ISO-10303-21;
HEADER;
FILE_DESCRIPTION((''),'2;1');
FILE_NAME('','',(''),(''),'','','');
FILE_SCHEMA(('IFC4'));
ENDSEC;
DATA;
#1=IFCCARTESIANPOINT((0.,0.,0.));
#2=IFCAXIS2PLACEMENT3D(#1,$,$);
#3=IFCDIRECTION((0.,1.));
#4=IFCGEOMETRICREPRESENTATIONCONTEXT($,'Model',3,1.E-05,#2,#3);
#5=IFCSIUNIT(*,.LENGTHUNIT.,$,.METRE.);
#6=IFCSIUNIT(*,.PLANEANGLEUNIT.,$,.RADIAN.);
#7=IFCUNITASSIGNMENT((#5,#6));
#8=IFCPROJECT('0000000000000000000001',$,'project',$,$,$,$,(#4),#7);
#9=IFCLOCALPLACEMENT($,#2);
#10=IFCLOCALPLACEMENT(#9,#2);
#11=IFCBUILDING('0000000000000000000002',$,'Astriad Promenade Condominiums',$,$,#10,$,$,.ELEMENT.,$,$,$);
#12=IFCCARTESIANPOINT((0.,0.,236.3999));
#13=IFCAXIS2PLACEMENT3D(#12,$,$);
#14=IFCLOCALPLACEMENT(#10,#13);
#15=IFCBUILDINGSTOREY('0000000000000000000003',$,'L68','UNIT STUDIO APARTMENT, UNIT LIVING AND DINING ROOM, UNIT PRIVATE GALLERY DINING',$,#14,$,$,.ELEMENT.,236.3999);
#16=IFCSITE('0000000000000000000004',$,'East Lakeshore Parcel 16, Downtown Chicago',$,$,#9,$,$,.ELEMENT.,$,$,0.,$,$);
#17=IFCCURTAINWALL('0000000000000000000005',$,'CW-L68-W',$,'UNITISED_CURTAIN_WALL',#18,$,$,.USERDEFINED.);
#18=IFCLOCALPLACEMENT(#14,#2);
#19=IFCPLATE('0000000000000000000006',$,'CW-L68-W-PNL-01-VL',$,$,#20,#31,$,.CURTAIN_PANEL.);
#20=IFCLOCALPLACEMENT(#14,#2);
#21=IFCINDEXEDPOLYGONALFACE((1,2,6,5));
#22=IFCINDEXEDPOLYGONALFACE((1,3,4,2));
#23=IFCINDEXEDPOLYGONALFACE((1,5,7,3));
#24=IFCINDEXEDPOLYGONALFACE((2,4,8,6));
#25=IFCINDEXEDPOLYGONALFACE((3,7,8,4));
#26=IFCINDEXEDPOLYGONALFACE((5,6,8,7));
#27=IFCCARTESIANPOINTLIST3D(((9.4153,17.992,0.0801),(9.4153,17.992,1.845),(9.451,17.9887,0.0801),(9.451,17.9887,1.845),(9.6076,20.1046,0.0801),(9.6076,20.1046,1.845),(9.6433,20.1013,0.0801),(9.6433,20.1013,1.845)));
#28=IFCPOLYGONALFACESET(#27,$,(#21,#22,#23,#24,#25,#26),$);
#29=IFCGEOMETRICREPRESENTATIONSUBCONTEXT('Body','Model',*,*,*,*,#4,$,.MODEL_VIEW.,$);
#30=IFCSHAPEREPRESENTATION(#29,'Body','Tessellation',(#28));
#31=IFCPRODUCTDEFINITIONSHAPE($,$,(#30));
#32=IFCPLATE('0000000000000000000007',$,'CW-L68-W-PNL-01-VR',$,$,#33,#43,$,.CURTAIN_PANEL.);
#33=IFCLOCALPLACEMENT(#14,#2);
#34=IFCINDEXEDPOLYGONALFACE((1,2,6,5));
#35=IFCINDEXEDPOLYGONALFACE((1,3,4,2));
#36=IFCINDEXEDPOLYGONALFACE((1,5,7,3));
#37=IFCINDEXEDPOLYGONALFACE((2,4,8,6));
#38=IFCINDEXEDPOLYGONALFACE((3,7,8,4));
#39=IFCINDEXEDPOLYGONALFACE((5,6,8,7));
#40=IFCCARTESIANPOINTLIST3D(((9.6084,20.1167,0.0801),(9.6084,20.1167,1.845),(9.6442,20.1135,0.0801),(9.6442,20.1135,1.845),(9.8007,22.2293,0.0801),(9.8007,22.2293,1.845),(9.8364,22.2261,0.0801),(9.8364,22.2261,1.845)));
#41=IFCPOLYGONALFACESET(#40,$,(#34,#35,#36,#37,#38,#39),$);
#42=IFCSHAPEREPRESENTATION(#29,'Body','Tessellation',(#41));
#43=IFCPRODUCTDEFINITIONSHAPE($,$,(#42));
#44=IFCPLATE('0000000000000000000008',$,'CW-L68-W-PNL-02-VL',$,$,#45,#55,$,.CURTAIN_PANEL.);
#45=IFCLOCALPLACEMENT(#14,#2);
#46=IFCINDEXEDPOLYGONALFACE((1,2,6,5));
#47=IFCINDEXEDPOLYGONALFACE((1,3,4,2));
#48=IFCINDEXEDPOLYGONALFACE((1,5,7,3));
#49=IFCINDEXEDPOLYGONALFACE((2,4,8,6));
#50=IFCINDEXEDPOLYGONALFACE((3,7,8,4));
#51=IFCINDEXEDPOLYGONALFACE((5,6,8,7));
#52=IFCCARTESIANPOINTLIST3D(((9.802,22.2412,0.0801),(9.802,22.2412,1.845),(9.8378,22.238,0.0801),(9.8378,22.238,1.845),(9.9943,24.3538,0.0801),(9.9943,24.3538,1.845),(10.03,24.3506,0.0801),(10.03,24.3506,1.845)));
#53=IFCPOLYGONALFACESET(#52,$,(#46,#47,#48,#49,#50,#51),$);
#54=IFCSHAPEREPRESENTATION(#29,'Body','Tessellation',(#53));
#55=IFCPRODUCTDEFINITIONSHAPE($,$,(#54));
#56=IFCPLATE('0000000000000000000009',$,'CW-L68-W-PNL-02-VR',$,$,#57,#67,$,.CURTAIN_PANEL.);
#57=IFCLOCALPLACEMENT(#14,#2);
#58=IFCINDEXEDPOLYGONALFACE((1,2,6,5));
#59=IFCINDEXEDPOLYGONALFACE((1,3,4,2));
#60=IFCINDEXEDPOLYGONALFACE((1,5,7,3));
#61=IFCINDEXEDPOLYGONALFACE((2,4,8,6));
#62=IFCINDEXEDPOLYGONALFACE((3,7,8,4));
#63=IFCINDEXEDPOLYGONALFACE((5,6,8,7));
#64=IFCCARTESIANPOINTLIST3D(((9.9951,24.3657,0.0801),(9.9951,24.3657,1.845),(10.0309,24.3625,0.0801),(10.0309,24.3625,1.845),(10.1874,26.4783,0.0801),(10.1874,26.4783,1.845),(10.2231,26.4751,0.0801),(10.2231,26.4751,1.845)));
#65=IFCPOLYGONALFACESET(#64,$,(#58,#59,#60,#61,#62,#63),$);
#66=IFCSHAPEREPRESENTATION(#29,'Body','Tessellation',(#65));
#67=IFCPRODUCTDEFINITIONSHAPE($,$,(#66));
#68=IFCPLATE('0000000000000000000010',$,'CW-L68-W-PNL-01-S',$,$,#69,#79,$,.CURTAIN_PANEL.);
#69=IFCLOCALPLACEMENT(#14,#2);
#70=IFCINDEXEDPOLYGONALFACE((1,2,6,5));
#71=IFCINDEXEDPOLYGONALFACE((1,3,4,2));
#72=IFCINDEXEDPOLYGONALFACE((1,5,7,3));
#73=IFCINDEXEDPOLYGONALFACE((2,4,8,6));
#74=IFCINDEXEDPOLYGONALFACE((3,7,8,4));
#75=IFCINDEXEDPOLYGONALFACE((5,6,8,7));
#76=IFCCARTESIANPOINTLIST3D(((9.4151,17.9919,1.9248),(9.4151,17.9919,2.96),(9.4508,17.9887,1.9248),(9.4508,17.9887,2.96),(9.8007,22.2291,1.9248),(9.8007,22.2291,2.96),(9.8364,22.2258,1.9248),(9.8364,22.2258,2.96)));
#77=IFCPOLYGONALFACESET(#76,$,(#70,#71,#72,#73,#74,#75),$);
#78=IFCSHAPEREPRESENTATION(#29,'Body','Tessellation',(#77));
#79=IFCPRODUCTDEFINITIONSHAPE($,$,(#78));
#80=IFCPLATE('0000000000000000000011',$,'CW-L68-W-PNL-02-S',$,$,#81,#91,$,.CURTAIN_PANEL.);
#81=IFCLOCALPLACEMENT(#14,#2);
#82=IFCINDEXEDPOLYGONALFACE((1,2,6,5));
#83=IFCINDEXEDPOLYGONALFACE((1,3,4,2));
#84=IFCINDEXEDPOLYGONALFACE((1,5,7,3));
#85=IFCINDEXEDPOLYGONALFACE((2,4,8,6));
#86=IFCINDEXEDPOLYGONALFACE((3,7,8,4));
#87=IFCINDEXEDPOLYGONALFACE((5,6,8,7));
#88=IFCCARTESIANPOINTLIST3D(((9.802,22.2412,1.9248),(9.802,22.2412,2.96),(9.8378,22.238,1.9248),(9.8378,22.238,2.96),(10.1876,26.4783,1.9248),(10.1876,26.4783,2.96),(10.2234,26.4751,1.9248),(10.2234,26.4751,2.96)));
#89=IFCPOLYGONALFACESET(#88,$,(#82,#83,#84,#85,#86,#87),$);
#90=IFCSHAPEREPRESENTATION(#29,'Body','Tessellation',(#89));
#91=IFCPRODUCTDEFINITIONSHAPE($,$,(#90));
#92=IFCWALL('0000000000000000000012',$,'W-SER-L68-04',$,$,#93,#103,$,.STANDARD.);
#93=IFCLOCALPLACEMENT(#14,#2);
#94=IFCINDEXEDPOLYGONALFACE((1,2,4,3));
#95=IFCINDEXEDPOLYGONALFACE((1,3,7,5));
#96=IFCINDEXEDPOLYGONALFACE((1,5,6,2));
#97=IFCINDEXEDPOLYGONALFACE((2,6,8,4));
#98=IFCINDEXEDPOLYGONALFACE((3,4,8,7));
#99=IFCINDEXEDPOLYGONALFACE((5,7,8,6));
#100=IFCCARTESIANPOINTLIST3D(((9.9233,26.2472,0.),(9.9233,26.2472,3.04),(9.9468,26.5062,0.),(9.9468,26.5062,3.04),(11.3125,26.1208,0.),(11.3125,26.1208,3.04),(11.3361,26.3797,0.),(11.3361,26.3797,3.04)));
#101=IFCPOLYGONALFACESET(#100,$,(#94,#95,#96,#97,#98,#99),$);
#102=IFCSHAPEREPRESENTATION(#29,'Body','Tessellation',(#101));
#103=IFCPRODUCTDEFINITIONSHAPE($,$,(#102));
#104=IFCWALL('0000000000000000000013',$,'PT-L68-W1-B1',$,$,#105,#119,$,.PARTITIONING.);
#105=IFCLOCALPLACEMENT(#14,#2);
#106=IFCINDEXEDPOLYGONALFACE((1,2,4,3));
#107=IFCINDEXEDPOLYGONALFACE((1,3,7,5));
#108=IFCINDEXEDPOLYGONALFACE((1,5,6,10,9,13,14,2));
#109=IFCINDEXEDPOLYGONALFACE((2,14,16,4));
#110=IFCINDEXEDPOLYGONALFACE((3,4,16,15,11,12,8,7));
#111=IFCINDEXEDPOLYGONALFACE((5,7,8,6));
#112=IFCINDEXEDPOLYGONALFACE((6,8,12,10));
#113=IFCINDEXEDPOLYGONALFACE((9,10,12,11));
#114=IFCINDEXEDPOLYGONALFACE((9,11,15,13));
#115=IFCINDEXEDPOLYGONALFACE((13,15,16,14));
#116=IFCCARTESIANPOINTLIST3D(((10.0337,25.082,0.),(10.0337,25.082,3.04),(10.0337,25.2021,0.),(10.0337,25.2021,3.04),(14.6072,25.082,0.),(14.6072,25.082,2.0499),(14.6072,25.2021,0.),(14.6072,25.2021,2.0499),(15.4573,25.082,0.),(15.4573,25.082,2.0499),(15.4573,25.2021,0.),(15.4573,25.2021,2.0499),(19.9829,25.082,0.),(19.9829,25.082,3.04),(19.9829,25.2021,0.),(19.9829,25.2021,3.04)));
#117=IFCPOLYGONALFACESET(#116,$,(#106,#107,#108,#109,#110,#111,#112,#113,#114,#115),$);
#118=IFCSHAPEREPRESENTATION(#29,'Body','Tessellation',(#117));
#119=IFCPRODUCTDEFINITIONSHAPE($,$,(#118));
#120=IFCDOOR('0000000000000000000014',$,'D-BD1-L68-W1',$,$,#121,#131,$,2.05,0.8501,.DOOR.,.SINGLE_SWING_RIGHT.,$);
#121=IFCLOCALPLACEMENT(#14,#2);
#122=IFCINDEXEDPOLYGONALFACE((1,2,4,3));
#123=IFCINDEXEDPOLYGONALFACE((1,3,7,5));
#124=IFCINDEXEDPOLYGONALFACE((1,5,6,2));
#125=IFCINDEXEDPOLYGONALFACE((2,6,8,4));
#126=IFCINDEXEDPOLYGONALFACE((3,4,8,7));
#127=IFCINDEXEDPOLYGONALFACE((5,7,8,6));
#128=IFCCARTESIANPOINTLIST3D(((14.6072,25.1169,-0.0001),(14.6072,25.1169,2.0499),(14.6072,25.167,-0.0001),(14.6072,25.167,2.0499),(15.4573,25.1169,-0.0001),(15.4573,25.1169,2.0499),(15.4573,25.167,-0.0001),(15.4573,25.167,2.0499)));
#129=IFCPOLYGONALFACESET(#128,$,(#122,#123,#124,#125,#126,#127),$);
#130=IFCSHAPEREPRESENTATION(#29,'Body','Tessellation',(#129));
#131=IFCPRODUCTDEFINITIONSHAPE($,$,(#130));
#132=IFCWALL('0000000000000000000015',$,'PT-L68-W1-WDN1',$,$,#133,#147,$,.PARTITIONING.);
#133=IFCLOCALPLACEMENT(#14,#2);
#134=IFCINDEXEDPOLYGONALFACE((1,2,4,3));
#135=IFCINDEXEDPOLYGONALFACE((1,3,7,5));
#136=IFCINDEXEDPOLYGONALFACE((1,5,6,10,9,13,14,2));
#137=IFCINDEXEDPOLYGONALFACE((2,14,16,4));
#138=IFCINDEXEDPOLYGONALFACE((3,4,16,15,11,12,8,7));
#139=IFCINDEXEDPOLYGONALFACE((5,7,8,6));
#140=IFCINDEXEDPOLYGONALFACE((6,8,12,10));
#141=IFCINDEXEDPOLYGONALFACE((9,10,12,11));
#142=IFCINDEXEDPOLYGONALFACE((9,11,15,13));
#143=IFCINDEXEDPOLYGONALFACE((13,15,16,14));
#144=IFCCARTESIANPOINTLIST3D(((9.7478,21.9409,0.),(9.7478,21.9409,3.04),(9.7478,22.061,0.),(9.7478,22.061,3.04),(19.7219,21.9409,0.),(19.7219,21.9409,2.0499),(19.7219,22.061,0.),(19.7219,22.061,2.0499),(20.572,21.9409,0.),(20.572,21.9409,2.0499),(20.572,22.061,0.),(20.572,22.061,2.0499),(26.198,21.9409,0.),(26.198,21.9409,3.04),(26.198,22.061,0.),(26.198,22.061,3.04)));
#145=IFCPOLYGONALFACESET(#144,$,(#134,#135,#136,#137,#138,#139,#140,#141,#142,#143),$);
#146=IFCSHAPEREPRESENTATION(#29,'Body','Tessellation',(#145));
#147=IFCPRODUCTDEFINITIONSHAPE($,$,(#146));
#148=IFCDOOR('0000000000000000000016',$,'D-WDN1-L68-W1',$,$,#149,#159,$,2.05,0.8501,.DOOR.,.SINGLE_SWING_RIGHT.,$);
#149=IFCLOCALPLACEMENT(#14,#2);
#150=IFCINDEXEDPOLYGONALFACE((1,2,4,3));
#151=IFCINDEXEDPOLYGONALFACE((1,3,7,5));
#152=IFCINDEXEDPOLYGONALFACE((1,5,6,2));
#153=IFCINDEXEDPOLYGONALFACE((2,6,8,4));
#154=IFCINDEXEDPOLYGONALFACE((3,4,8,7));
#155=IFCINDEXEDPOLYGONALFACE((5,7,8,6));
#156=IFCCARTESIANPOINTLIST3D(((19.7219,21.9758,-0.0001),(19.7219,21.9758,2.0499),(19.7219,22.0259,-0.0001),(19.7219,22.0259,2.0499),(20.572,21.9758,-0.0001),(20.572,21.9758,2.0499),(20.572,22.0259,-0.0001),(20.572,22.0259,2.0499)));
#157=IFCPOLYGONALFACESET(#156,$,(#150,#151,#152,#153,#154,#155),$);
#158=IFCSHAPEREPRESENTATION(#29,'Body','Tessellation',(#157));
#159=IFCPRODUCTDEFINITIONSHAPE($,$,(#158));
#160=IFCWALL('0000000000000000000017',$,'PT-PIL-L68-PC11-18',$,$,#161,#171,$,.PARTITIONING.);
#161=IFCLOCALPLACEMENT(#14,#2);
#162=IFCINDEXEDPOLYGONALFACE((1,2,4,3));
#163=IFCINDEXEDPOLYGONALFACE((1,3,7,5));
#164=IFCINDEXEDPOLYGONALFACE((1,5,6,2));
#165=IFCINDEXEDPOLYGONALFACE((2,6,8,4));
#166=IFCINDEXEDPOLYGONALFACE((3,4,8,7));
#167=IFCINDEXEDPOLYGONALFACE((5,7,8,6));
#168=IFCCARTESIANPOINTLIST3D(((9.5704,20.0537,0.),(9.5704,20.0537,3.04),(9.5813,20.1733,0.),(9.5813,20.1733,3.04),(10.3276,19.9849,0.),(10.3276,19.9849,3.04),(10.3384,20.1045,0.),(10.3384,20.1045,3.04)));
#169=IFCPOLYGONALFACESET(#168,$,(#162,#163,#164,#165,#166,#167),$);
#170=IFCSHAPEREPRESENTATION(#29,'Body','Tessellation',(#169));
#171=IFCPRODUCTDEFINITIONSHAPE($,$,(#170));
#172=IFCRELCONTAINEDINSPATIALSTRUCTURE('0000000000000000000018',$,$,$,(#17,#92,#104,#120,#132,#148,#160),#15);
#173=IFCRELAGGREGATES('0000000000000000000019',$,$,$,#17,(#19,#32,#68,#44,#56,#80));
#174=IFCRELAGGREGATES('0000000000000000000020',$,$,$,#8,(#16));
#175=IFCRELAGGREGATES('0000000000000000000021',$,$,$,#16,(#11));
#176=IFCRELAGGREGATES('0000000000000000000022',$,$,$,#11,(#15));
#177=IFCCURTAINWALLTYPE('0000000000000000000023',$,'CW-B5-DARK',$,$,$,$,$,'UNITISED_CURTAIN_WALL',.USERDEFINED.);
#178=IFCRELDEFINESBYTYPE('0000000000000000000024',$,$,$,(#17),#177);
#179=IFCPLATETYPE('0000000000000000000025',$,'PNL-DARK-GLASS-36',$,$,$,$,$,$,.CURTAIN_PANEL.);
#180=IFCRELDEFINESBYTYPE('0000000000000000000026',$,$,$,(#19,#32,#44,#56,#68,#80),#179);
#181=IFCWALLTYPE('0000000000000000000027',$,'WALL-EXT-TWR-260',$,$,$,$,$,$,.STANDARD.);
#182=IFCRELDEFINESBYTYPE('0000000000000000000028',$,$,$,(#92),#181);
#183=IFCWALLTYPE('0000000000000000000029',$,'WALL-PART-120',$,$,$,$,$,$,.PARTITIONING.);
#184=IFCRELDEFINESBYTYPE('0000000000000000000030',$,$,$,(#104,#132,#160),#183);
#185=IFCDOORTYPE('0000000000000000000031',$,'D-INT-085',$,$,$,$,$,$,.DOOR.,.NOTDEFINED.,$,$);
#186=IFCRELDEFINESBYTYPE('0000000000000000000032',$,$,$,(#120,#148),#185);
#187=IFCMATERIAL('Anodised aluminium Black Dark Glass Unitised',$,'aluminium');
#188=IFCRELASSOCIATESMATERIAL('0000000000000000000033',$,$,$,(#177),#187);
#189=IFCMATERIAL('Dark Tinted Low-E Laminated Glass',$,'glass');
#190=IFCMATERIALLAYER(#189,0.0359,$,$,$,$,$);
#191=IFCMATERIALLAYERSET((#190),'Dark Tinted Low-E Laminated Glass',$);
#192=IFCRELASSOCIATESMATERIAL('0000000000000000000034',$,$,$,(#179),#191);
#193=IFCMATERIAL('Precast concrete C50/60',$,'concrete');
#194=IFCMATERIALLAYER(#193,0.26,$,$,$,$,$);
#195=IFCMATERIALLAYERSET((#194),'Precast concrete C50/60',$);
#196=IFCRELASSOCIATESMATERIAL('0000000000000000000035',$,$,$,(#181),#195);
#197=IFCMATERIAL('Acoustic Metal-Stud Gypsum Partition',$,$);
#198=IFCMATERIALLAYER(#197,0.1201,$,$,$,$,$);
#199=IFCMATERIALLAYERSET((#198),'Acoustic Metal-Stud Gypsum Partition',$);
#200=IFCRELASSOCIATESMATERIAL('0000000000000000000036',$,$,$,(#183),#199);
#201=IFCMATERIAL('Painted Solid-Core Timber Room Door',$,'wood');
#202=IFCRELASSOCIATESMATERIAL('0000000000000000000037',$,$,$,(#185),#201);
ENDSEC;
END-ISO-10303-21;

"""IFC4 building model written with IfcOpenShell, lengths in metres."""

from ifc_helpers import new_model, si_unit, direction, frame, frame_2d, origin, origin_2d, place, context, subcontext, project, spatial, rectangle, extrude, source, transform, mapped, material, layer, layer_set, type_object, type_shapes, element, fill, aggregate, save


model = new_model("IFC4")

# Units and contexts
model_context = context("Model", 3, precision=1e-05, world=origin(), true_north=direction((0.0, 1.0)))
body_context = subcontext(model_context, "Body", "Model", "MODEL_VIEW")
ifc_project = project(units=[si_unit("LENGTHUNIT", "METRE"), si_unit("PLANEANGLEUNIT", "RADIAN")], contexts=[model_context])

# Site, building, storey
site_placement = place(None, origin())
site = spatial("IfcSite", under=ifc_project, at=site_placement, Name="East Lakeshore Parcel 16, Downtown Chicago", CompositionType="ELEMENT", RefElevation=0.0)
building_placement = place(site_placement, origin())
building = spatial("IfcBuilding", under=site, at=building_placement, Name="Astriad Promenade Condominiums", CompositionType="ELEMENT")
storey_placement = place(building_placement, frame((0.0, 0.0, 236.3999)))
storey = spatial("IfcBuildingStorey", under=building, at=storey_placement, Name="L68", Description="UNIT STUDIO APARTMENT, UNIT LIVING AND DINING ROOM, UNIT PRIVATE GALLERY DINING", CompositionType="ELEMENT", Elevation=236.3999)

# Curtain wall, plates
ifc_material_1 = material(Name="Anodised aluminium Black Dark Glass Unitised", Category="aluminium")
curtain_wall_type = type_object("IfcCurtainWallType", Name="CW-B5-DARK", ElementType="UNITISED_CURTAIN_WALL", PredefinedType="USERDEFINED", material=ifc_material_1)
curtain_wall_placement = place(storey_placement, origin())
curtain_wall = element("IfcCurtainWall", 1, at=curtain_wall_placement, inside=storey, type_object=curtain_wall_type, Name="CW-L68-W", ObjectType="UNITISED_CURTAIN_WALL", PredefinedType="USERDEFINED")
ifc_material_2 = material(Name="Dark Tinted Low-E Laminated Glass", Category="glass")
ifc_layer_1 = layer(ifc_material_2, 0.0359)
ifc_layer_set_1 = layer_set([ifc_layer_1], Name="Dark Tinted Low-E Laminated Glass")
plate_type = type_object("IfcPlateType", Name="PNL-DARK-GLASS-36", PredefinedType="CURTAIN_PANEL", material=ifc_layer_set_1)
shared_shape_1 = source(origin(), body_context, "Body", "SweptSolid", [
    extrude(rectangle(XDim=2.1213, YDim=0.0359, at=origin_2d()), origin(), (0.0, 0.0, 1.0), 1.7649),
])
plate_1_placement = place(storey_placement, frame((9.5293, 19.0466, 0.0801), z_axis=(0.0, 0.0, 1.0), x_axis=(0.090633, 0.995884, 0.0)))
plate_1 = element("IfcPlate", 2, at=plate_1_placement, type_object=plate_type, Name="CW-L68-W-PNL-01-VL", PredefinedType="CURTAIN_PANEL", context=body_context, shape_type="MappedRepresentation", body=[
    mapped(shared_shape_1, transform((0.0, 0.0, 0.0), scale=1.0)),
])
plate_2_placement = place(storey_placement, frame((9.7224, 21.1714, 0.0801), z_axis=(0.0, 0.0, 1.0), x_axis=(0.090633, 0.995884, 0.0)))
plate_2 = element("IfcPlate", 3, at=plate_2_placement, type_object=plate_type, Name="CW-L68-W-PNL-01-VR", PredefinedType="CURTAIN_PANEL", context=body_context, shape_type="MappedRepresentation", body=[
    mapped(shared_shape_1, transform((0.0, 0.0, 0.0), scale=1.0)),
])
plate_3_placement = place(storey_placement, frame((9.916, 23.2959, 0.0801), z_axis=(0.0, 0.0, 1.0), x_axis=(0.090633, 0.995884, 0.0)))
plate_3 = element("IfcPlate", 4, at=plate_3_placement, type_object=plate_type, Name="CW-L68-W-PNL-02-VL", PredefinedType="CURTAIN_PANEL", context=body_context, shape_type="MappedRepresentation", body=[
    mapped(shared_shape_1, transform((0.0, 0.0, 0.0), scale=1.0)),
])
plate_4_placement = place(storey_placement, frame((10.1091, 25.4204, 0.0801), z_axis=(0.0, 0.0, 1.0), x_axis=(0.090633, 0.995884, 0.0)))
plate_4 = element("IfcPlate", 5, at=plate_4_placement, type_object=plate_type, Name="CW-L68-W-PNL-02-VR", PredefinedType="CURTAIN_PANEL", context=body_context, shape_type="MappedRepresentation", body=[
    mapped(shared_shape_1, transform((0.0, 0.0, 0.0), scale=1.0)),
])
shared_shape_2 = source(origin(), body_context, "Body", "SweptSolid", [
    extrude(rectangle(XDim=4.2546, YDim=0.0359, at=origin_2d()), origin(), (0.0, 0.0, 1.0), 1.0352),
])
type_shapes(plate_type, [shared_shape_1, shared_shape_2])
plate_5_placement = place(storey_placement, frame((9.6257, 20.1089, 1.9248), z_axis=(0.0, 0.0, 1.0), x_axis=(0.090633, 0.995884, 0.0)))
plate_5 = element("IfcPlate", 6, at=plate_5_placement, type_object=plate_type, Name="CW-L68-W-PNL-01-S", PredefinedType="CURTAIN_PANEL", context=body_context, shape_type="MappedRepresentation", body=[
    mapped(shared_shape_2, transform((0.0, 0.0, 0.0), scale=1.0)),
])
plate_6_placement = place(storey_placement, frame((10.0127, 24.3582, 1.9248), z_axis=(0.0, 0.0, 1.0), x_axis=(0.090633, 0.995884, 0.0)))
plate_6 = element("IfcPlate", 7, at=plate_6_placement, type_object=plate_type, Name="CW-L68-W-PNL-02-S", PredefinedType="CURTAIN_PANEL", context=body_context, shape_type="MappedRepresentation", body=[
    mapped(shared_shape_2, transform((0.0, 0.0, 0.0), scale=1.0)),
])
aggregate(curtain_wall, [plate_1, plate_2, plate_5, plate_3, plate_4, plate_6])

# Wall
ifc_material_3 = material(Name="Precast concrete C50/60", Category="concrete")
ifc_layer_2 = layer(ifc_material_3, 0.26)
ifc_layer_set_2 = layer_set([ifc_layer_2], Name="Precast concrete C50/60")
wall_type_1 = type_object("IfcWallType", Name="WALL-EXT-TWR-260", PredefinedType="STANDARD", material=ifc_layer_set_2)
wall_1_placement = place(storey_placement, frame((9.9351, 26.3767, 0.0), z_axis=(0.0, 0.0, 1.0), x_axis=(0.995882, -0.090662, 0.0)))
element("IfcWall", 8, at=wall_1_placement, inside=storey, type_object=wall_type_1, Name="W-SER-L68-04", PredefinedType="STANDARD", context=body_context, shape_type="SweptSolid", body=[
    extrude(rectangle(XDim=1.395, YDim=0.26, at=frame_2d((0.6975, 0.0))), origin(), (0.0, 0.0, 1.0), 3.04),
])

# Walls, openings, doors
ifc_material_4 = material(Name="Acoustic Metal-Stud Gypsum Partition")
ifc_layer_3 = layer(ifc_material_4, 0.1201)
ifc_layer_set_3 = layer_set([ifc_layer_3], Name="Acoustic Metal-Stud Gypsum Partition")
wall_type_2 = type_object("IfcWallType", Name="WALL-PART-120", PredefinedType="PARTITIONING", material=ifc_layer_set_3)
wall_2_placement = place(storey_placement, frame((10.0337, 25.1421, 0.0), z_axis=(0.0, 0.0, 1.0), x_axis=(1.0, 0.0, 0.0)))
wall_2 = element("IfcWall", 9, at=wall_2_placement, inside=storey, type_object=wall_type_2, Name="PT-L68-W1-B1", PredefinedType="PARTITIONING", context=body_context, shape_type="SweptSolid", body=[
    extrude(rectangle(XDim=9.9492, YDim=0.1201, at=frame_2d((4.9746, 0.0))), origin(), (0.0, 0.0, 1.0), 3.04),
])
opening_1_placement = place(wall_2_placement, frame((4.5735, 0.0, 0.0)))
opening_1 = element("IfcOpeningElement", 10, at=opening_1_placement, cuts=wall_2, PredefinedType="OPENING", context=body_context, shape_type="SweptSolid", body=[
    extrude(rectangle(XDim=0.8501, YDim=2.05, at=frame_2d((0.425, 1.0249))), frame((0.0, 0.0701, 0.0), z_axis=(0.0, -1.0, 0.0), x_axis=(1.0, 0.0, 0.0)), (0.0, 0.0, 1.0), 0.1401),
])
ifc_material_5 = material(Name="Painted Solid-Core Timber Room Door", Category="wood")
door_type = type_object("IfcDoorType", Name="D-INT-085", OperationType="NOTDEFINED", PredefinedType="DOOR", material=ifc_material_5)
shared_shape_3 = source(origin(), body_context, "Body", "SweptSolid", [
    extrude(rectangle(XDim=0.8501, YDim=2.05, at=frame_2d((0.425, 1.0249))), frame((0.0, 0.0249, 0.0), z_axis=(0.0, -1.0, 0.0), x_axis=(1.0, 0.0, 0.0)), (0.0, 0.0, 1.0), 0.05),
])
type_shapes(door_type, [shared_shape_3])
door_1_placement = place(opening_1_placement, origin())
door_1 = element("IfcDoor", 11, at=door_1_placement, inside=storey, type_object=door_type, Name="D-BD1-L68-W1", OperationType="SINGLE_SWING_RIGHT", OverallHeight=2.05, OverallWidth=0.8501, PredefinedType="DOOR", context=body_context, shape_type="MappedRepresentation", body=[
    mapped(shared_shape_3, transform((0.0, 0.0, 0.0), scale=1.0)),
])
fill(opening_1, door_1)
wall_3_placement = place(storey_placement, frame((9.7478, 22.001, 0.0), z_axis=(0.0, 0.0, 1.0), x_axis=(1.0, 0.0, 0.0)))
wall_3 = element("IfcWall", 12, at=wall_3_placement, inside=storey, type_object=wall_type_2, Name="PT-L68-W1-WDN1", PredefinedType="PARTITIONING", context=body_context, shape_type="SweptSolid", body=[
    extrude(rectangle(XDim=16.4502, YDim=0.1201, at=frame_2d((8.2251, 0.0))), origin(), (0.0, 0.0, 1.0), 3.04),
])
opening_2_placement = place(wall_3_placement, frame((9.9741, 0.0, 0.0)))
opening_2 = element("IfcOpeningElement", 13, at=opening_2_placement, cuts=wall_3, PredefinedType="OPENING", context=body_context, shape_type="SweptSolid", body=[
    extrude(rectangle(XDim=0.8501, YDim=2.05, at=frame_2d((0.425, 1.0249))), frame((0.0, 0.0701, 0.0), z_axis=(0.0, -1.0, 0.0), x_axis=(1.0, 0.0, 0.0)), (0.0, 0.0, 1.0), 0.1401),
])
door_2_placement = place(opening_2_placement, origin())
door_2 = element("IfcDoor", 14, at=door_2_placement, inside=storey, type_object=door_type, Name="D-WDN1-L68-W1", OperationType="SINGLE_SWING_RIGHT", OverallHeight=2.05, OverallWidth=0.8501, PredefinedType="DOOR", context=body_context, shape_type="MappedRepresentation", body=[
    mapped(shared_shape_3, transform((0.0, 0.0, 0.0), scale=1.0)),
])
fill(opening_2, door_2)

# Wall
wall_4_placement = place(storey_placement, frame((10.333, 20.0447, 0.0), z_axis=(0.0, 0.0, 1.0), x_axis=(-0.995891, 0.090565, 0.0)))
element("IfcWall", 15, at=wall_4_placement, inside=storey, type_object=wall_type_2, Name="PT-PIL-L68-PC11-18", PredefinedType="PARTITIONING", context=body_context, shape_type="SweptSolid", body=[
    extrude(rectangle(XDim=0.7603, YDim=0.1201, at=frame_2d((0.3801, 0.0))), origin(), (0.0, 0.0, 1.0), 3.04),
])

save(model, "model.ifc")
